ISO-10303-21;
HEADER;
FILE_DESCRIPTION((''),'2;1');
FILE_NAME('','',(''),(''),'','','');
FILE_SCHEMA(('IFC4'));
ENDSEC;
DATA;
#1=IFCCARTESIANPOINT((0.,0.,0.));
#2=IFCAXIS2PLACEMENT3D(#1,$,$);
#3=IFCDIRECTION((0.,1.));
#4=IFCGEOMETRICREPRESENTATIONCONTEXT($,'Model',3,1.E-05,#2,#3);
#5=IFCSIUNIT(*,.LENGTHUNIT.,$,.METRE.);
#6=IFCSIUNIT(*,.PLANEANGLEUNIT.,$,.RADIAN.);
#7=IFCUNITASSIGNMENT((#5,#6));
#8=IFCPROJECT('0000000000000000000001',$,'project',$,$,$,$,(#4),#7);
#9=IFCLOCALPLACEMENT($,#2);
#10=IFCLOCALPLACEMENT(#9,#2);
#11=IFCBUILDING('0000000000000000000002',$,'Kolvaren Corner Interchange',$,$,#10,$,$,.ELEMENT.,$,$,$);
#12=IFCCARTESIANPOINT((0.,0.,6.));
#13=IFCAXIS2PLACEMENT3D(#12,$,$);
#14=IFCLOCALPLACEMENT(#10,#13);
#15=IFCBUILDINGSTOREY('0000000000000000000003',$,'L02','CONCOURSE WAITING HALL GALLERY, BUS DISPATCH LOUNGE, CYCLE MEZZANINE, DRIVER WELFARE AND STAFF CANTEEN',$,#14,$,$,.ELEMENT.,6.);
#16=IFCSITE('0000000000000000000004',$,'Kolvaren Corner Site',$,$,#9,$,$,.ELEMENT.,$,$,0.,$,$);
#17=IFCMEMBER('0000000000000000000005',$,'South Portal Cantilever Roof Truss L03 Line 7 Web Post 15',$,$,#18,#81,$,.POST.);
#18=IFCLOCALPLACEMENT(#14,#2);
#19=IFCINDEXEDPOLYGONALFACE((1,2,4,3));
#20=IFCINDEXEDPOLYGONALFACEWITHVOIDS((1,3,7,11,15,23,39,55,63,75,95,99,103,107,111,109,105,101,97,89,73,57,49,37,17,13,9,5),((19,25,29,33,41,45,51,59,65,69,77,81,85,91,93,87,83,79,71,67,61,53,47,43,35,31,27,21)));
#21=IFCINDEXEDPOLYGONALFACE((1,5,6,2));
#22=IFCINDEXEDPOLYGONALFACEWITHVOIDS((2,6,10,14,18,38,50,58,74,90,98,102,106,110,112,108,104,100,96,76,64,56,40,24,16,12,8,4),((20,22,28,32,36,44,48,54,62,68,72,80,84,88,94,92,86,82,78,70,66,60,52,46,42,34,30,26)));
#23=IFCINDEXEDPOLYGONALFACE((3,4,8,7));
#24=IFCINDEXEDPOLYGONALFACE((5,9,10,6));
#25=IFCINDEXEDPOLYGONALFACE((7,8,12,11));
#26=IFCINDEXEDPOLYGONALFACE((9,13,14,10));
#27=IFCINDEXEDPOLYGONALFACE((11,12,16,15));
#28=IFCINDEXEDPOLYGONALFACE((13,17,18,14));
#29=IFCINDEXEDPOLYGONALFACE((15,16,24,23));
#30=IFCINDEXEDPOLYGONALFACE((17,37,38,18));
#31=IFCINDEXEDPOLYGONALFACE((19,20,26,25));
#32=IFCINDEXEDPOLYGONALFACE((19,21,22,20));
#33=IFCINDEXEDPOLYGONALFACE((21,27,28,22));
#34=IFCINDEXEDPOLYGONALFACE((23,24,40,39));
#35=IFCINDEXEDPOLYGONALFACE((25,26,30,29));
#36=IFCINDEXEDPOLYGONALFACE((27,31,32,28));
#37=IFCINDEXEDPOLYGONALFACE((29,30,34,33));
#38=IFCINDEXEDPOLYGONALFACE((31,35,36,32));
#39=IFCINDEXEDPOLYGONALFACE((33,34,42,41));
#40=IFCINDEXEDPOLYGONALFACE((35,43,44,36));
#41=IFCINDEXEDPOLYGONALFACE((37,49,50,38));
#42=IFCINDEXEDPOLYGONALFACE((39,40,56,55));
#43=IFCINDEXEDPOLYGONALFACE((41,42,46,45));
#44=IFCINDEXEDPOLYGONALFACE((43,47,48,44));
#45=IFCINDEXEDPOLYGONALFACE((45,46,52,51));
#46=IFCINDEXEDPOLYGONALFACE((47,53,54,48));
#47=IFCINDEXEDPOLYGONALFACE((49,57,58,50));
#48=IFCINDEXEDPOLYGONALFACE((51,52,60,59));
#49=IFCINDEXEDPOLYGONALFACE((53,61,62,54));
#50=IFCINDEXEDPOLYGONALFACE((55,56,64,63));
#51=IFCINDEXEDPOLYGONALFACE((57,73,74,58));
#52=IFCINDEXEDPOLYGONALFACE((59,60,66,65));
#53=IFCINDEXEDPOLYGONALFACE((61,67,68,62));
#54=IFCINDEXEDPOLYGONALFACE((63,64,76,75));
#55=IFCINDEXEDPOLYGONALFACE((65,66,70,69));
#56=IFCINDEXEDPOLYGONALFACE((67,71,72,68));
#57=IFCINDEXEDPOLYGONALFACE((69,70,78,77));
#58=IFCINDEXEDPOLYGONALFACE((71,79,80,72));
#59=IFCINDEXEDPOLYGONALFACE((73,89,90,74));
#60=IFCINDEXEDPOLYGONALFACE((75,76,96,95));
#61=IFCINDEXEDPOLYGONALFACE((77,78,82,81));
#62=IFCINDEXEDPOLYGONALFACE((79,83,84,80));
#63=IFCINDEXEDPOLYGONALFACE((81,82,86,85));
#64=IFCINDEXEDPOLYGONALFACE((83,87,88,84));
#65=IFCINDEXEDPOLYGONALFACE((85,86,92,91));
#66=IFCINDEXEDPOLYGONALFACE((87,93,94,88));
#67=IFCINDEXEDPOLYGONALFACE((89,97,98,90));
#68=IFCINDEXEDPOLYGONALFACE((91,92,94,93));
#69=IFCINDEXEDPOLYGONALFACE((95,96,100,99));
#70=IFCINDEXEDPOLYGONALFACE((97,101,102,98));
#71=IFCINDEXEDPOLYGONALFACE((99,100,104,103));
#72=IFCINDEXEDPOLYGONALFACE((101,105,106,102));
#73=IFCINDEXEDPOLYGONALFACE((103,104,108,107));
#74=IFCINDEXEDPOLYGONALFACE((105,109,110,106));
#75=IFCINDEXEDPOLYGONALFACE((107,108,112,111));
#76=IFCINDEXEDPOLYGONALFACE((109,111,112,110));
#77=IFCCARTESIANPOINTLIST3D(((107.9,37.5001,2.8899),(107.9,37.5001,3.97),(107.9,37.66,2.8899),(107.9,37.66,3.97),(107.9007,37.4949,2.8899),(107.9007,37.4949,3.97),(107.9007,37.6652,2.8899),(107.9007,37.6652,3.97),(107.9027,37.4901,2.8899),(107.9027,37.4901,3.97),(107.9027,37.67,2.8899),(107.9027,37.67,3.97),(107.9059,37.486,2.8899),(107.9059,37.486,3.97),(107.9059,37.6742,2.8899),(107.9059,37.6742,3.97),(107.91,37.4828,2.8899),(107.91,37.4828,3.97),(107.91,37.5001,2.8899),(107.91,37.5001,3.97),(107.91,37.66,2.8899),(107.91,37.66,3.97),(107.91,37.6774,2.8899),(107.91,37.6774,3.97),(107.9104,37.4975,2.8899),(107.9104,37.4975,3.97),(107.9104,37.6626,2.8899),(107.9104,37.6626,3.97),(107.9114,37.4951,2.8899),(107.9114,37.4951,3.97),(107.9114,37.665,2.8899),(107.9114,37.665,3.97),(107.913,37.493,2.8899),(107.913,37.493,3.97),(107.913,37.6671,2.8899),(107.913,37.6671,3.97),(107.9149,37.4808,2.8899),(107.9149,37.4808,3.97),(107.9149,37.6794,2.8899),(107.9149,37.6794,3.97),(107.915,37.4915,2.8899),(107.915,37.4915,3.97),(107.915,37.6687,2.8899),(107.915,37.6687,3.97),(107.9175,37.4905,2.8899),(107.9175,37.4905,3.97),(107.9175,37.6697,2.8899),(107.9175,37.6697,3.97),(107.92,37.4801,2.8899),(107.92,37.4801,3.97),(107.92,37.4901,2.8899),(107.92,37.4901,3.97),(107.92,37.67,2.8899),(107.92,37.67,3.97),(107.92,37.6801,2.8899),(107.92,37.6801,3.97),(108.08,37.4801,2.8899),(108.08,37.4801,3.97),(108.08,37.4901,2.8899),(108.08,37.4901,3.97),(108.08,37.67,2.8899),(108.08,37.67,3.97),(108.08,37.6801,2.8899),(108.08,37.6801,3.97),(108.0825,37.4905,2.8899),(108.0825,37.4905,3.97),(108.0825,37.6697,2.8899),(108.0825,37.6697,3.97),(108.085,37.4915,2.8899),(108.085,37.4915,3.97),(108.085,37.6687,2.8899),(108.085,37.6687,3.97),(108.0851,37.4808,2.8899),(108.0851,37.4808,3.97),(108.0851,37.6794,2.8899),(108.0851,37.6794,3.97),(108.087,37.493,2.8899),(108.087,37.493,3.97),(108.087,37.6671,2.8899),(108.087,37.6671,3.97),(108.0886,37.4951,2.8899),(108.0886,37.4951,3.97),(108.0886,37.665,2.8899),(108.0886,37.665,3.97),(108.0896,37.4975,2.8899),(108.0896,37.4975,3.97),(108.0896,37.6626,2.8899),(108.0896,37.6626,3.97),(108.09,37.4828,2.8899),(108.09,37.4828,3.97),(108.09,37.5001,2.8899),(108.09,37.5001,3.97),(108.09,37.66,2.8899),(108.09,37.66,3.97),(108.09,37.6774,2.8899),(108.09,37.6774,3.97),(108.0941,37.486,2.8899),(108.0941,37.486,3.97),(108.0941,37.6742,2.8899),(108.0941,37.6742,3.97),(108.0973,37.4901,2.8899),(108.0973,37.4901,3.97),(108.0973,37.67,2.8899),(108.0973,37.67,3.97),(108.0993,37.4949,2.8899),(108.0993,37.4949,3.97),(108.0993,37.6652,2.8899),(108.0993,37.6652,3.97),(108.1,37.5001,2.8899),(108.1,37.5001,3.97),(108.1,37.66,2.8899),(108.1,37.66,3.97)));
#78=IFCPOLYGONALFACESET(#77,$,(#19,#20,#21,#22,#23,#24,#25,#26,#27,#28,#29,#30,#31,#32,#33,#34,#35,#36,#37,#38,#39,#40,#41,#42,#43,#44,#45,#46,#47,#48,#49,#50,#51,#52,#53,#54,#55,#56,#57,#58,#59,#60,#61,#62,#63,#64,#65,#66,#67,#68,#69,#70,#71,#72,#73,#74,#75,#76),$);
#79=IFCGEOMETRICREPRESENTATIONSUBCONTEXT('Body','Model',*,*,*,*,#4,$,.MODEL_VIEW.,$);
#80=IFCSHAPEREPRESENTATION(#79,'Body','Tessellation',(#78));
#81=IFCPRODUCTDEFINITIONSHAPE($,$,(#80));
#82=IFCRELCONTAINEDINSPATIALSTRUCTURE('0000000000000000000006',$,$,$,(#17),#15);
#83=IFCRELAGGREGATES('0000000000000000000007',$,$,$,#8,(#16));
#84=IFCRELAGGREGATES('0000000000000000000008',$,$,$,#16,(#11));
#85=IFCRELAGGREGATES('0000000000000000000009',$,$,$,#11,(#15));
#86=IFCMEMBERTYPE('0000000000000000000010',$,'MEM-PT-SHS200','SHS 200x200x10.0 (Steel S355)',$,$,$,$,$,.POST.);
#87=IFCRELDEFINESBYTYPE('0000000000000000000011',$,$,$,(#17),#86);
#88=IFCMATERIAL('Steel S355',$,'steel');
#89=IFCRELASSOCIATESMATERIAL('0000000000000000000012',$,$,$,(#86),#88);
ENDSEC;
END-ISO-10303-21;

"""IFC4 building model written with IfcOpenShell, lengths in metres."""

from ifc_helpers import new_model, si_unit, direction, frame, origin, origin_2d, place, context, subcontext, project, spatial, hollow_rectangle, extrude, material, material_profile, profile_set, type_object, element, save


model = new_model("IFC4")

# Units and contexts
model_context = context("Model", 3, precision=1e-05, world=origin(), true_north=direction((0.0, 1.0)))
body_context = subcontext(model_context, "Body", "Model", "MODEL_VIEW")
ifc_project = project(units=[si_unit("LENGTHUNIT", "METRE"), si_unit("PLANEANGLEUNIT", "RADIAN")], contexts=[model_context])

# Site, building, storey
site_placement = place(None, origin())
site = spatial("IfcSite", under=ifc_project, at=site_placement, Name="Kolvaren Corner Site", CompositionType="ELEMENT", RefElevation=0.0)
building_placement = place(site_placement, origin())
building = spatial("IfcBuilding", under=site, at=building_placement, Name="Kolvaren Corner Interchange", CompositionType="ELEMENT")
storey_placement = place(building_placement, frame((0.0, 0.0, 6.0)))
storey = spatial("IfcBuildingStorey", under=building, at=storey_placement, Name="L02", Description="CONCOURSE WAITING HALL GALLERY, BUS DISPATCH LOUNGE, CYCLE MEZZANINE, DRIVER WELFARE AND STAFF CANTEEN", CompositionType="ELEMENT", Elevation=6.0)

# Member
ifc_material_1 = material(Name="Steel S355", Category="steel")
ifc_material_profile_1 = material_profile(ifc_material_1, hollow_rectangle(XDim=0.2, YDim=0.2, WallThickness=0.01, InnerFilletRadius=0.01, OuterFilletRadius=0.02, at=origin_2d()), Name="SHS 200x200x10.0")
ifc_profile_set_1 = profile_set([ifc_material_profile_1], Name="Steel S355")
member_type_1 = type_object("IfcMemberType", Name="MEM-PT-SHS200", Description="SHS 200x200x10.0 (Steel S355)", PredefinedType="POST", material=ifc_profile_set_1)
for number, where, z_axis, x_axis, name in (
    (1, (108.0, 37.5801, 2.8899), (0.0, 0.0, 1.0), (1.0, 0.0, 0.0), "South Portal Cantilever Roof Truss L03 Line 7 Web Post 15"),
):
    element("IfcMember", number, at=place(storey_placement, frame(where, z_axis=z_axis, x_axis=x_axis)), inside=storey, type_object=member_type_1, Name=name, PredefinedType="POST", context=body_context, shape_type="SweptSolid", body=[
        extrude(hollow_rectangle(XDim=0.2, YDim=0.2, WallThickness=0.01, InnerFilletRadius=0.01, OuterFilletRadius=0.02, at=origin_2d()), origin(), (0.0, 0.0, 1.0), 1.0801),
    ])

save(model, "model.ifc")
